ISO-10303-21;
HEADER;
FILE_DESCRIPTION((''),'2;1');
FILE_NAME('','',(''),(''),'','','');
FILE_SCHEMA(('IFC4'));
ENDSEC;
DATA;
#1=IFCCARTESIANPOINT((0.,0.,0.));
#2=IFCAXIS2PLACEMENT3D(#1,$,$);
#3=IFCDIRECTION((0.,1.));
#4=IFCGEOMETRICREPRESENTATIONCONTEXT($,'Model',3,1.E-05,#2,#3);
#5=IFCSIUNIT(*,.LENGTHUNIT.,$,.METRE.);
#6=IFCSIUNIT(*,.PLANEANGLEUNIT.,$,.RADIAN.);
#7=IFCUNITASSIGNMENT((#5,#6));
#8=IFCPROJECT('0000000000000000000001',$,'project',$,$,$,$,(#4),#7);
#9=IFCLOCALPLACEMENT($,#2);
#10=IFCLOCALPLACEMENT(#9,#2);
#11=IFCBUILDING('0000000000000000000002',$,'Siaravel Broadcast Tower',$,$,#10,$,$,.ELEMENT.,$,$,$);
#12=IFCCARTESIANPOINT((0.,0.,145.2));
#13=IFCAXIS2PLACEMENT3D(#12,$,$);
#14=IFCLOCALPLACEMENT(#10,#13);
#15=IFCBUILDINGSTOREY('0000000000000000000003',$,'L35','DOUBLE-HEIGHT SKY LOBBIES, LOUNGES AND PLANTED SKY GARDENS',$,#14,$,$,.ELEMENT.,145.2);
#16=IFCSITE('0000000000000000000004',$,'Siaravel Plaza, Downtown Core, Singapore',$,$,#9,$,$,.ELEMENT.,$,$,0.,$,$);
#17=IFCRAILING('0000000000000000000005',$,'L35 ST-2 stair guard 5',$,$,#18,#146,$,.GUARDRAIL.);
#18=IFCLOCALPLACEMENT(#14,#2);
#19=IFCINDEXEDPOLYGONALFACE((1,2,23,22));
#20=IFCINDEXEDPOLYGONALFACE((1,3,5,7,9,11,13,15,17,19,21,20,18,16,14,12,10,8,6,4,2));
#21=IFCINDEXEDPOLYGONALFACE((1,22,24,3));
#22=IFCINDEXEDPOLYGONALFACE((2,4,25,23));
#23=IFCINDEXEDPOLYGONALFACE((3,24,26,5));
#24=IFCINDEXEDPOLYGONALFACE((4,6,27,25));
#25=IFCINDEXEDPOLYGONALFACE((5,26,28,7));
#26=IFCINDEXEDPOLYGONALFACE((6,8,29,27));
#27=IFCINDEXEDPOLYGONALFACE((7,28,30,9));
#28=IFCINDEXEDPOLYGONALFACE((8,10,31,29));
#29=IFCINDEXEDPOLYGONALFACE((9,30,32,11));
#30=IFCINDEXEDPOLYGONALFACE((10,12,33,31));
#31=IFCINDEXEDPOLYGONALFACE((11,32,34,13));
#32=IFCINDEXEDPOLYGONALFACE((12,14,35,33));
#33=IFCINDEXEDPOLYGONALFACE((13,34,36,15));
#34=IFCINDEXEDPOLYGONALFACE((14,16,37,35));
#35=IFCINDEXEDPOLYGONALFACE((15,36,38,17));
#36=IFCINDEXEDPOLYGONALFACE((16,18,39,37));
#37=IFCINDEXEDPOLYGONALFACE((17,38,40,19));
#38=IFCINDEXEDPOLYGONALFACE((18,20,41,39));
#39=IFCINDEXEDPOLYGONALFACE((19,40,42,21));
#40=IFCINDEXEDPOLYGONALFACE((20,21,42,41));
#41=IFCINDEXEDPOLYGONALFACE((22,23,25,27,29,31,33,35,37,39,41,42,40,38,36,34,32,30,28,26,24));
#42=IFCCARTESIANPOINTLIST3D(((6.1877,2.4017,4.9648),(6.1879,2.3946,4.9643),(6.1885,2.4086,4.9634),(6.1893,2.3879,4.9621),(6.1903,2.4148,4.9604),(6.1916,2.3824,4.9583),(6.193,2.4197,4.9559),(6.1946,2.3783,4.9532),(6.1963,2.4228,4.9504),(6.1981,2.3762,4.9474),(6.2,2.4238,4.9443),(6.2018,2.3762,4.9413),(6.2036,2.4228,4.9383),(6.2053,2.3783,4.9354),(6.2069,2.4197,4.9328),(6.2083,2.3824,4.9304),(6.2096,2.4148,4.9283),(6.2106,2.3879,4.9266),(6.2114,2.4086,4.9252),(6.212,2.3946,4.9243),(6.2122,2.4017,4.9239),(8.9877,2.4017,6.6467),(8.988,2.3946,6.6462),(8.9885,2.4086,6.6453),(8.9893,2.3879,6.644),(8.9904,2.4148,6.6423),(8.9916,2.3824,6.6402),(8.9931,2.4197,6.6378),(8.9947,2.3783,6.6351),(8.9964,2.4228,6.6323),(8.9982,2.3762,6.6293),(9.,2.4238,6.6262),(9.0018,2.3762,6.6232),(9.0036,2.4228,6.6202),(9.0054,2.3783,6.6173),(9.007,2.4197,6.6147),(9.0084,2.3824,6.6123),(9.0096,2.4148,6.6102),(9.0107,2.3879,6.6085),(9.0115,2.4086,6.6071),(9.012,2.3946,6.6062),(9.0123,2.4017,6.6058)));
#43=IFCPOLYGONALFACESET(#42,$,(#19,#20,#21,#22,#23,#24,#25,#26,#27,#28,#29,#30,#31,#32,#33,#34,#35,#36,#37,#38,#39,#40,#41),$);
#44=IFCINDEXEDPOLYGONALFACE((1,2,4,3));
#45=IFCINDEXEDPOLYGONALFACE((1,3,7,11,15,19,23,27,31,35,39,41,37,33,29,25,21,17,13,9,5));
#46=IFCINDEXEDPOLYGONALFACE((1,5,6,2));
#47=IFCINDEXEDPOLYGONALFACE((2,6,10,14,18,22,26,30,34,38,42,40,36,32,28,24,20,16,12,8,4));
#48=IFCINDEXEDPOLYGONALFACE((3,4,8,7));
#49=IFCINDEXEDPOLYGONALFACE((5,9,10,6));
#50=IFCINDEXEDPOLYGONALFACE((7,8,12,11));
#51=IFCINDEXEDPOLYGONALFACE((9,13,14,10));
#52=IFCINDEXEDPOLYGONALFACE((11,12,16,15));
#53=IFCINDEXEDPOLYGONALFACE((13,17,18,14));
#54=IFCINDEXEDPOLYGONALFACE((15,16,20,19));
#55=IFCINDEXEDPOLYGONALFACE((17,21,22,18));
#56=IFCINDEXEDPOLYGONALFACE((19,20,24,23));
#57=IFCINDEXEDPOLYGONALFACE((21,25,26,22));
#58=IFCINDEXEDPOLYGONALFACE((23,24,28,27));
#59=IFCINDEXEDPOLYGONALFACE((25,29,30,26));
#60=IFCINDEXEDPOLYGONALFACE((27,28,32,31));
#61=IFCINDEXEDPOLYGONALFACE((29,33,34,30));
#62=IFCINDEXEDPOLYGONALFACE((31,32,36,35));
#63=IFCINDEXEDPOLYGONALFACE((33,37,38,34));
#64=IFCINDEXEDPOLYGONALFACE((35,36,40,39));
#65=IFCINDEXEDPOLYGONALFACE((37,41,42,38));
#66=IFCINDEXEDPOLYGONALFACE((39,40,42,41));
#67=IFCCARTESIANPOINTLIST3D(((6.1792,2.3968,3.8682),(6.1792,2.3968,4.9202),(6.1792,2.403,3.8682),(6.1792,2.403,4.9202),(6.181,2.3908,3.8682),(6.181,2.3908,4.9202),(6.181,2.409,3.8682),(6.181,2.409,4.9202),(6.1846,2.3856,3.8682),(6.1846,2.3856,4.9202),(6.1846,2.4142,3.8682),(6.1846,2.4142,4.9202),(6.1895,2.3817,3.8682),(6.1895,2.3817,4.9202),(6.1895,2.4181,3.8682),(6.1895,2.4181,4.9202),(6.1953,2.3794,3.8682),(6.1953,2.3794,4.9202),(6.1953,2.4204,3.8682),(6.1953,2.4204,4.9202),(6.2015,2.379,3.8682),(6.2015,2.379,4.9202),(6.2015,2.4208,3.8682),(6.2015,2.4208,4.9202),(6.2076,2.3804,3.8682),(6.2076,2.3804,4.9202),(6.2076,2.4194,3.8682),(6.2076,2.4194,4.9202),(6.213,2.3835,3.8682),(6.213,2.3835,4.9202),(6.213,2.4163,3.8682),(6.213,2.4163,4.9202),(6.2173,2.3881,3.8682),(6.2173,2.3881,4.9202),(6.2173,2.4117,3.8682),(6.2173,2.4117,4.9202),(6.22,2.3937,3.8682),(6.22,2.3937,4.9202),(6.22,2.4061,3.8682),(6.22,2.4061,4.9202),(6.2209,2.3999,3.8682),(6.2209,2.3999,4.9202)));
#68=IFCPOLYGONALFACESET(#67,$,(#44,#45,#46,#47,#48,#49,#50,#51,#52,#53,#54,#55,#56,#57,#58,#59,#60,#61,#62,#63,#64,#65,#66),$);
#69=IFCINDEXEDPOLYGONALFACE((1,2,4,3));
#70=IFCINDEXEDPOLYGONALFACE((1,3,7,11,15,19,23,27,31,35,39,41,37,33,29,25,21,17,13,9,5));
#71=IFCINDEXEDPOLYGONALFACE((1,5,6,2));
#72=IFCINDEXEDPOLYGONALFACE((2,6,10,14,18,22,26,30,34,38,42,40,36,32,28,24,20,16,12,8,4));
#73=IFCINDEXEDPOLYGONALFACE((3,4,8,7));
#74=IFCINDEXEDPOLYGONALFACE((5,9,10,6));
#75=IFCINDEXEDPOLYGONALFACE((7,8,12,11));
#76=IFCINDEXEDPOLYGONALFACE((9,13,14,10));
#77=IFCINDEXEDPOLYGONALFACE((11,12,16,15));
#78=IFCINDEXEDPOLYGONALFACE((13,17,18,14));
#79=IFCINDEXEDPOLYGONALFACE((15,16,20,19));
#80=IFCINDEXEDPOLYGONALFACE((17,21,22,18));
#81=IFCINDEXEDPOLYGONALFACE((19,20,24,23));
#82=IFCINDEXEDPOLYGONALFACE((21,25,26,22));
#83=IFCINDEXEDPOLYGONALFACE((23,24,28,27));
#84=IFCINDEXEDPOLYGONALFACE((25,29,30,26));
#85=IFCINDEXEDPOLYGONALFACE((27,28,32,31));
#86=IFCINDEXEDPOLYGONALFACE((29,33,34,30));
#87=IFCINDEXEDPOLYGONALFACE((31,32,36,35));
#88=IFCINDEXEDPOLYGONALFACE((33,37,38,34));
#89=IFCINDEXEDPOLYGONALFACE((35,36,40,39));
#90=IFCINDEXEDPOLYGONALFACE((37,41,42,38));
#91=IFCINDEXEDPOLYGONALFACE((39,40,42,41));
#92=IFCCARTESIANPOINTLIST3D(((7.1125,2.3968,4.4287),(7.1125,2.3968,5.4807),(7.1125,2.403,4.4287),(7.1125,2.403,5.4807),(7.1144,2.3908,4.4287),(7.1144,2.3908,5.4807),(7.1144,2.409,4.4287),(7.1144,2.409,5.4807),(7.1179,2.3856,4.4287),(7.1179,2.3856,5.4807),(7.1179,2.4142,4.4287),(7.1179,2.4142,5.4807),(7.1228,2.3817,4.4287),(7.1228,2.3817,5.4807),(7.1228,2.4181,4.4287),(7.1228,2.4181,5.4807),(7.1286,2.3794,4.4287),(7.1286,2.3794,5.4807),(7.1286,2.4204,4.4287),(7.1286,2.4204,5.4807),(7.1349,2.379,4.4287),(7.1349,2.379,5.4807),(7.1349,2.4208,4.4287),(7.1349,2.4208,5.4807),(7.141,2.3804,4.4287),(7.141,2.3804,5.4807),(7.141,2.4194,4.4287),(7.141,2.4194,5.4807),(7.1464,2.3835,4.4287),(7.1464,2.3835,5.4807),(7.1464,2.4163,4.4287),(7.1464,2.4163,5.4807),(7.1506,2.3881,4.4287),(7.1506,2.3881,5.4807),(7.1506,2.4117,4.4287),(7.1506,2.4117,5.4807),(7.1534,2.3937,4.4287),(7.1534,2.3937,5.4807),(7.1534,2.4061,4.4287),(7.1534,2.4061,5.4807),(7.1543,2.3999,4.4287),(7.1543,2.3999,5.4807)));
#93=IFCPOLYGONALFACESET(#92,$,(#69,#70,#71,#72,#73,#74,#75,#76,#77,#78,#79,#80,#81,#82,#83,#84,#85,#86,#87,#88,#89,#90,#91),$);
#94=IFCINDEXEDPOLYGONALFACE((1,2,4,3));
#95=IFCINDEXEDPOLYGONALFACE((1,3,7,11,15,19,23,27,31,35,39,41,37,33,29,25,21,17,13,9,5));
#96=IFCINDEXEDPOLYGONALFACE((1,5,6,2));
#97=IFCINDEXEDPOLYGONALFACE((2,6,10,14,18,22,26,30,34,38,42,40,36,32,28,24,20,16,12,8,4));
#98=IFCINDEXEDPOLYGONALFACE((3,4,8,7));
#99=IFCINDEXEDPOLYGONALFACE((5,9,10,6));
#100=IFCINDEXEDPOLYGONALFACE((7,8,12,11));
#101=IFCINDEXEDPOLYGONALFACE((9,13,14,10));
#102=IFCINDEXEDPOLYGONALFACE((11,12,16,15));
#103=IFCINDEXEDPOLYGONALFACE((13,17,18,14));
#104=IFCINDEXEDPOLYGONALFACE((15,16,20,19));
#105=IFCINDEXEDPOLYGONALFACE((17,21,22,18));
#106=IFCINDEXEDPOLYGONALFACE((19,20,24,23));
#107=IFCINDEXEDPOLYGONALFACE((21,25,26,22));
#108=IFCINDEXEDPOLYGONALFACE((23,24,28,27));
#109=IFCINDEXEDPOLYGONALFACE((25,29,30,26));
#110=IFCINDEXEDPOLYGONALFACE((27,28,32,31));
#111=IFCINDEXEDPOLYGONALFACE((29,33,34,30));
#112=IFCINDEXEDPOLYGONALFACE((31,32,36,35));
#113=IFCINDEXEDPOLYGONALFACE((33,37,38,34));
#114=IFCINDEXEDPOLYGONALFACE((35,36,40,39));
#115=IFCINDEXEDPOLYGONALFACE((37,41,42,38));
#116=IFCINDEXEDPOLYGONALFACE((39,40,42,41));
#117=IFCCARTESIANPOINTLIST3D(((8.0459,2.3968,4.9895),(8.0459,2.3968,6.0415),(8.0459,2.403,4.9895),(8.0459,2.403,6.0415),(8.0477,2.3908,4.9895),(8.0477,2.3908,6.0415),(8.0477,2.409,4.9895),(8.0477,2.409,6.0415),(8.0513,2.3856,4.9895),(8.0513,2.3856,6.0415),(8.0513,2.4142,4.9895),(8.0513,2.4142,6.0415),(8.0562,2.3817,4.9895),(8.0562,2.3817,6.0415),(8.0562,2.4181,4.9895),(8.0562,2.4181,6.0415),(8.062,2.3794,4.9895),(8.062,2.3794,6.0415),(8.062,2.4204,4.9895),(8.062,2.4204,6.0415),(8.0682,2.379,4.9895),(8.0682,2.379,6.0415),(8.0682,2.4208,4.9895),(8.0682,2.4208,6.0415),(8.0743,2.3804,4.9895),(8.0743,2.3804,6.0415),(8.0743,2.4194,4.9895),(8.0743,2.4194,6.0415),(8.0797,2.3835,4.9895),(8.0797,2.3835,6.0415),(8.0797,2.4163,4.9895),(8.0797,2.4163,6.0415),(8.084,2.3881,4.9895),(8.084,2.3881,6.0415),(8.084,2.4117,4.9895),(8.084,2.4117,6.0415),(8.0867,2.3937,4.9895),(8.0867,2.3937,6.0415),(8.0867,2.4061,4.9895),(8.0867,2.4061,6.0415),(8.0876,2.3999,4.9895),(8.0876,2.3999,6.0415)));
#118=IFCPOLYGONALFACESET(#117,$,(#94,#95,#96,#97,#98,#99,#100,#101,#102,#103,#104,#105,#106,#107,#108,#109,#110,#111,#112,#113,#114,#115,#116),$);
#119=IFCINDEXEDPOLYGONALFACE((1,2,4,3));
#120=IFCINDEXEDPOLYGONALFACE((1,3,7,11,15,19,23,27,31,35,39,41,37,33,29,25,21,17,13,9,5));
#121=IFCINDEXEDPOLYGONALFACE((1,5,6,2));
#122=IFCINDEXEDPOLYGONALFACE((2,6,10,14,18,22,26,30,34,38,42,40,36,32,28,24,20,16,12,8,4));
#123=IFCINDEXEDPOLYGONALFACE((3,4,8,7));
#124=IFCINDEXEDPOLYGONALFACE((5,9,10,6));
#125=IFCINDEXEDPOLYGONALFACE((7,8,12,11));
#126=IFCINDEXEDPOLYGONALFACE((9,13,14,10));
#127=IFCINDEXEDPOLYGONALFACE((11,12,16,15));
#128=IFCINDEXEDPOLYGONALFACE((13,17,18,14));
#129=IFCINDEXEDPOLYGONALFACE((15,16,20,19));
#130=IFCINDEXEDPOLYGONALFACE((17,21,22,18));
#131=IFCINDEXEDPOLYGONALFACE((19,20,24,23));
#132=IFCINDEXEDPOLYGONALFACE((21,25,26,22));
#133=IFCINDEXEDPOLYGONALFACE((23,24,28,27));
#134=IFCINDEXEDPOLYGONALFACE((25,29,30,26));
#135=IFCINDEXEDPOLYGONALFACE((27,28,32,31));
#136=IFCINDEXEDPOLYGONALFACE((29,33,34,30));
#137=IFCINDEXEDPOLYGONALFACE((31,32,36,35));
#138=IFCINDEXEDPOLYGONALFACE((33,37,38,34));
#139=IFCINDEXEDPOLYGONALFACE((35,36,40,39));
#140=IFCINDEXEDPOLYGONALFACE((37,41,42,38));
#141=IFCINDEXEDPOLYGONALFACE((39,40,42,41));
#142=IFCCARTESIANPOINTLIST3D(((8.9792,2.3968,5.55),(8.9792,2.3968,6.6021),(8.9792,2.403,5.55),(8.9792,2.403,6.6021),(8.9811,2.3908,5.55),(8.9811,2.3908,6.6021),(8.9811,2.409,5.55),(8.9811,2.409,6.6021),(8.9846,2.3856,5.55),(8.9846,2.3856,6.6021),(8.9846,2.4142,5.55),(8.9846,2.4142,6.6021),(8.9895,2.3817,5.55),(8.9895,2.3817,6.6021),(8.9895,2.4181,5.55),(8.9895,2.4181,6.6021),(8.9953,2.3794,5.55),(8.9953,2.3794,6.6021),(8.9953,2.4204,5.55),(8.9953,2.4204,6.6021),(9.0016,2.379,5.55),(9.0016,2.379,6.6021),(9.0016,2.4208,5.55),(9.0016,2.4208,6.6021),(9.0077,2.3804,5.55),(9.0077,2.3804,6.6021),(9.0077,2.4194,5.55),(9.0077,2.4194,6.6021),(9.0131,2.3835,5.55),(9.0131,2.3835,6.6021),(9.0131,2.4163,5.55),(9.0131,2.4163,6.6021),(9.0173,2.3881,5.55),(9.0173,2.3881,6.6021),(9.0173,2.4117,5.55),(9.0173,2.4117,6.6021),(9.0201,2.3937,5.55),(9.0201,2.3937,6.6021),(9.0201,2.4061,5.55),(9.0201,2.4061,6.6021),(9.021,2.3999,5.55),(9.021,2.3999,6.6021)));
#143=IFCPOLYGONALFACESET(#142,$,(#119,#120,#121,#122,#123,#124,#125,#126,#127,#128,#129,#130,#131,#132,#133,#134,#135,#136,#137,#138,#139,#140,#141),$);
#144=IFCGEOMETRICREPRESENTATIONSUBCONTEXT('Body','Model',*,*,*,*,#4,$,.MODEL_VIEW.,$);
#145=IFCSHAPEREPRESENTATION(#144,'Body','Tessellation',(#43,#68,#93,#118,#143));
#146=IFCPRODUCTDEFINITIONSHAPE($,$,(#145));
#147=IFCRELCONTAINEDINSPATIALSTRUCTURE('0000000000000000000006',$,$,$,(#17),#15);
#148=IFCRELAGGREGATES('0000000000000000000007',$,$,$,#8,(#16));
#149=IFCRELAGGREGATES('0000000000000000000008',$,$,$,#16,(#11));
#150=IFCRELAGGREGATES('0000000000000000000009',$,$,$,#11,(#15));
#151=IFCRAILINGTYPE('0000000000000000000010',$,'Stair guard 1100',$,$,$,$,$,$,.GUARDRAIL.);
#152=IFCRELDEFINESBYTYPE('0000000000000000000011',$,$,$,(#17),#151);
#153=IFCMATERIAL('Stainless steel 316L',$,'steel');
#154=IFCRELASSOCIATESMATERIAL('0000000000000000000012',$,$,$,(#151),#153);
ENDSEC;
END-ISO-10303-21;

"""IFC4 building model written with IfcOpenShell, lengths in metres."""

from ifc_helpers import new_model, si_unit, direction, frame, origin, origin_2d, place, context, subcontext, project, spatial, circle, extrude, material, type_object, element, save


model = new_model("IFC4")

# Units and contexts
model_context = context("Model", 3, precision=1e-05, world=origin(), true_north=direction((0.0, 1.0)))
body_context = subcontext(model_context, "Body", "Model", "MODEL_VIEW")
ifc_project = project(units=[si_unit("LENGTHUNIT", "METRE"), si_unit("PLANEANGLEUNIT", "RADIAN")], contexts=[model_context])

# Site, building, storey
site_placement = place(None, origin())
site = spatial("IfcSite", under=ifc_project, at=site_placement, Name="Siaravel Plaza, Downtown Core, Singapore", CompositionType="ELEMENT", RefElevation=0.0)
building_placement = place(site_placement, origin())
building = spatial("IfcBuilding", under=site, at=building_placement, Name="Siaravel Broadcast Tower", CompositionType="ELEMENT")
storey_placement = place(building_placement, frame((0.0, 0.0, 145.2)))
storey = spatial("IfcBuildingStorey", under=building, at=storey_placement, Name="L35", Description="DOUBLE-HEIGHT SKY LOBBIES, LOUNGES AND PLANTED SKY GARDENS", CompositionType="ELEMENT", Elevation=145.2)

# Railing
ifc_material_1 = material(Name="Stainless steel 316L", Category="steel")
railing_type_1 = type_object("IfcRailingType", Name="Stair guard 1100", PredefinedType="GUARDRAIL", material=ifc_material_1)
railing_1_placement = place(storey_placement, frame((6.2, 2.3999, 3.8682)))
element("IfcRailing", 1, at=railing_1_placement, inside=storey, type_object=railing_type_1, Name="L35 ST-2 stair guard 5", PredefinedType="GUARDRAIL", context=body_context, shape_type="SweptSolid", body=[
    extrude(circle(Radius=0.0239, at=origin_2d()), frame((0.0, 0.0, 1.0762), z_axis=(0.857242, 0.0, 0.514913), x_axis=(0.0, 1.0, 0.0)), (0.0, 0.0, 1.0), 3.2664),
    extrude(circle(Radius=0.021, at=origin_2d()), origin(), (0.0, 0.0, 1.0), 1.052),
    extrude(circle(Radius=0.021, at=origin_2d()), frame((0.9333, 0.0, 0.5605)), (0.0, 0.0, 1.0), 1.052),
    extrude(circle(Radius=0.021, at=origin_2d()), frame((1.8667, 0.0, 1.1213)), (0.0, 0.0, 1.0), 1.052),
    extrude(circle(Radius=0.021, at=origin_2d()), frame((2.8, 0.0, 1.6819)), (0.0, 0.0, 1.0), 1.052),
])

save(model, "model.ifc")
